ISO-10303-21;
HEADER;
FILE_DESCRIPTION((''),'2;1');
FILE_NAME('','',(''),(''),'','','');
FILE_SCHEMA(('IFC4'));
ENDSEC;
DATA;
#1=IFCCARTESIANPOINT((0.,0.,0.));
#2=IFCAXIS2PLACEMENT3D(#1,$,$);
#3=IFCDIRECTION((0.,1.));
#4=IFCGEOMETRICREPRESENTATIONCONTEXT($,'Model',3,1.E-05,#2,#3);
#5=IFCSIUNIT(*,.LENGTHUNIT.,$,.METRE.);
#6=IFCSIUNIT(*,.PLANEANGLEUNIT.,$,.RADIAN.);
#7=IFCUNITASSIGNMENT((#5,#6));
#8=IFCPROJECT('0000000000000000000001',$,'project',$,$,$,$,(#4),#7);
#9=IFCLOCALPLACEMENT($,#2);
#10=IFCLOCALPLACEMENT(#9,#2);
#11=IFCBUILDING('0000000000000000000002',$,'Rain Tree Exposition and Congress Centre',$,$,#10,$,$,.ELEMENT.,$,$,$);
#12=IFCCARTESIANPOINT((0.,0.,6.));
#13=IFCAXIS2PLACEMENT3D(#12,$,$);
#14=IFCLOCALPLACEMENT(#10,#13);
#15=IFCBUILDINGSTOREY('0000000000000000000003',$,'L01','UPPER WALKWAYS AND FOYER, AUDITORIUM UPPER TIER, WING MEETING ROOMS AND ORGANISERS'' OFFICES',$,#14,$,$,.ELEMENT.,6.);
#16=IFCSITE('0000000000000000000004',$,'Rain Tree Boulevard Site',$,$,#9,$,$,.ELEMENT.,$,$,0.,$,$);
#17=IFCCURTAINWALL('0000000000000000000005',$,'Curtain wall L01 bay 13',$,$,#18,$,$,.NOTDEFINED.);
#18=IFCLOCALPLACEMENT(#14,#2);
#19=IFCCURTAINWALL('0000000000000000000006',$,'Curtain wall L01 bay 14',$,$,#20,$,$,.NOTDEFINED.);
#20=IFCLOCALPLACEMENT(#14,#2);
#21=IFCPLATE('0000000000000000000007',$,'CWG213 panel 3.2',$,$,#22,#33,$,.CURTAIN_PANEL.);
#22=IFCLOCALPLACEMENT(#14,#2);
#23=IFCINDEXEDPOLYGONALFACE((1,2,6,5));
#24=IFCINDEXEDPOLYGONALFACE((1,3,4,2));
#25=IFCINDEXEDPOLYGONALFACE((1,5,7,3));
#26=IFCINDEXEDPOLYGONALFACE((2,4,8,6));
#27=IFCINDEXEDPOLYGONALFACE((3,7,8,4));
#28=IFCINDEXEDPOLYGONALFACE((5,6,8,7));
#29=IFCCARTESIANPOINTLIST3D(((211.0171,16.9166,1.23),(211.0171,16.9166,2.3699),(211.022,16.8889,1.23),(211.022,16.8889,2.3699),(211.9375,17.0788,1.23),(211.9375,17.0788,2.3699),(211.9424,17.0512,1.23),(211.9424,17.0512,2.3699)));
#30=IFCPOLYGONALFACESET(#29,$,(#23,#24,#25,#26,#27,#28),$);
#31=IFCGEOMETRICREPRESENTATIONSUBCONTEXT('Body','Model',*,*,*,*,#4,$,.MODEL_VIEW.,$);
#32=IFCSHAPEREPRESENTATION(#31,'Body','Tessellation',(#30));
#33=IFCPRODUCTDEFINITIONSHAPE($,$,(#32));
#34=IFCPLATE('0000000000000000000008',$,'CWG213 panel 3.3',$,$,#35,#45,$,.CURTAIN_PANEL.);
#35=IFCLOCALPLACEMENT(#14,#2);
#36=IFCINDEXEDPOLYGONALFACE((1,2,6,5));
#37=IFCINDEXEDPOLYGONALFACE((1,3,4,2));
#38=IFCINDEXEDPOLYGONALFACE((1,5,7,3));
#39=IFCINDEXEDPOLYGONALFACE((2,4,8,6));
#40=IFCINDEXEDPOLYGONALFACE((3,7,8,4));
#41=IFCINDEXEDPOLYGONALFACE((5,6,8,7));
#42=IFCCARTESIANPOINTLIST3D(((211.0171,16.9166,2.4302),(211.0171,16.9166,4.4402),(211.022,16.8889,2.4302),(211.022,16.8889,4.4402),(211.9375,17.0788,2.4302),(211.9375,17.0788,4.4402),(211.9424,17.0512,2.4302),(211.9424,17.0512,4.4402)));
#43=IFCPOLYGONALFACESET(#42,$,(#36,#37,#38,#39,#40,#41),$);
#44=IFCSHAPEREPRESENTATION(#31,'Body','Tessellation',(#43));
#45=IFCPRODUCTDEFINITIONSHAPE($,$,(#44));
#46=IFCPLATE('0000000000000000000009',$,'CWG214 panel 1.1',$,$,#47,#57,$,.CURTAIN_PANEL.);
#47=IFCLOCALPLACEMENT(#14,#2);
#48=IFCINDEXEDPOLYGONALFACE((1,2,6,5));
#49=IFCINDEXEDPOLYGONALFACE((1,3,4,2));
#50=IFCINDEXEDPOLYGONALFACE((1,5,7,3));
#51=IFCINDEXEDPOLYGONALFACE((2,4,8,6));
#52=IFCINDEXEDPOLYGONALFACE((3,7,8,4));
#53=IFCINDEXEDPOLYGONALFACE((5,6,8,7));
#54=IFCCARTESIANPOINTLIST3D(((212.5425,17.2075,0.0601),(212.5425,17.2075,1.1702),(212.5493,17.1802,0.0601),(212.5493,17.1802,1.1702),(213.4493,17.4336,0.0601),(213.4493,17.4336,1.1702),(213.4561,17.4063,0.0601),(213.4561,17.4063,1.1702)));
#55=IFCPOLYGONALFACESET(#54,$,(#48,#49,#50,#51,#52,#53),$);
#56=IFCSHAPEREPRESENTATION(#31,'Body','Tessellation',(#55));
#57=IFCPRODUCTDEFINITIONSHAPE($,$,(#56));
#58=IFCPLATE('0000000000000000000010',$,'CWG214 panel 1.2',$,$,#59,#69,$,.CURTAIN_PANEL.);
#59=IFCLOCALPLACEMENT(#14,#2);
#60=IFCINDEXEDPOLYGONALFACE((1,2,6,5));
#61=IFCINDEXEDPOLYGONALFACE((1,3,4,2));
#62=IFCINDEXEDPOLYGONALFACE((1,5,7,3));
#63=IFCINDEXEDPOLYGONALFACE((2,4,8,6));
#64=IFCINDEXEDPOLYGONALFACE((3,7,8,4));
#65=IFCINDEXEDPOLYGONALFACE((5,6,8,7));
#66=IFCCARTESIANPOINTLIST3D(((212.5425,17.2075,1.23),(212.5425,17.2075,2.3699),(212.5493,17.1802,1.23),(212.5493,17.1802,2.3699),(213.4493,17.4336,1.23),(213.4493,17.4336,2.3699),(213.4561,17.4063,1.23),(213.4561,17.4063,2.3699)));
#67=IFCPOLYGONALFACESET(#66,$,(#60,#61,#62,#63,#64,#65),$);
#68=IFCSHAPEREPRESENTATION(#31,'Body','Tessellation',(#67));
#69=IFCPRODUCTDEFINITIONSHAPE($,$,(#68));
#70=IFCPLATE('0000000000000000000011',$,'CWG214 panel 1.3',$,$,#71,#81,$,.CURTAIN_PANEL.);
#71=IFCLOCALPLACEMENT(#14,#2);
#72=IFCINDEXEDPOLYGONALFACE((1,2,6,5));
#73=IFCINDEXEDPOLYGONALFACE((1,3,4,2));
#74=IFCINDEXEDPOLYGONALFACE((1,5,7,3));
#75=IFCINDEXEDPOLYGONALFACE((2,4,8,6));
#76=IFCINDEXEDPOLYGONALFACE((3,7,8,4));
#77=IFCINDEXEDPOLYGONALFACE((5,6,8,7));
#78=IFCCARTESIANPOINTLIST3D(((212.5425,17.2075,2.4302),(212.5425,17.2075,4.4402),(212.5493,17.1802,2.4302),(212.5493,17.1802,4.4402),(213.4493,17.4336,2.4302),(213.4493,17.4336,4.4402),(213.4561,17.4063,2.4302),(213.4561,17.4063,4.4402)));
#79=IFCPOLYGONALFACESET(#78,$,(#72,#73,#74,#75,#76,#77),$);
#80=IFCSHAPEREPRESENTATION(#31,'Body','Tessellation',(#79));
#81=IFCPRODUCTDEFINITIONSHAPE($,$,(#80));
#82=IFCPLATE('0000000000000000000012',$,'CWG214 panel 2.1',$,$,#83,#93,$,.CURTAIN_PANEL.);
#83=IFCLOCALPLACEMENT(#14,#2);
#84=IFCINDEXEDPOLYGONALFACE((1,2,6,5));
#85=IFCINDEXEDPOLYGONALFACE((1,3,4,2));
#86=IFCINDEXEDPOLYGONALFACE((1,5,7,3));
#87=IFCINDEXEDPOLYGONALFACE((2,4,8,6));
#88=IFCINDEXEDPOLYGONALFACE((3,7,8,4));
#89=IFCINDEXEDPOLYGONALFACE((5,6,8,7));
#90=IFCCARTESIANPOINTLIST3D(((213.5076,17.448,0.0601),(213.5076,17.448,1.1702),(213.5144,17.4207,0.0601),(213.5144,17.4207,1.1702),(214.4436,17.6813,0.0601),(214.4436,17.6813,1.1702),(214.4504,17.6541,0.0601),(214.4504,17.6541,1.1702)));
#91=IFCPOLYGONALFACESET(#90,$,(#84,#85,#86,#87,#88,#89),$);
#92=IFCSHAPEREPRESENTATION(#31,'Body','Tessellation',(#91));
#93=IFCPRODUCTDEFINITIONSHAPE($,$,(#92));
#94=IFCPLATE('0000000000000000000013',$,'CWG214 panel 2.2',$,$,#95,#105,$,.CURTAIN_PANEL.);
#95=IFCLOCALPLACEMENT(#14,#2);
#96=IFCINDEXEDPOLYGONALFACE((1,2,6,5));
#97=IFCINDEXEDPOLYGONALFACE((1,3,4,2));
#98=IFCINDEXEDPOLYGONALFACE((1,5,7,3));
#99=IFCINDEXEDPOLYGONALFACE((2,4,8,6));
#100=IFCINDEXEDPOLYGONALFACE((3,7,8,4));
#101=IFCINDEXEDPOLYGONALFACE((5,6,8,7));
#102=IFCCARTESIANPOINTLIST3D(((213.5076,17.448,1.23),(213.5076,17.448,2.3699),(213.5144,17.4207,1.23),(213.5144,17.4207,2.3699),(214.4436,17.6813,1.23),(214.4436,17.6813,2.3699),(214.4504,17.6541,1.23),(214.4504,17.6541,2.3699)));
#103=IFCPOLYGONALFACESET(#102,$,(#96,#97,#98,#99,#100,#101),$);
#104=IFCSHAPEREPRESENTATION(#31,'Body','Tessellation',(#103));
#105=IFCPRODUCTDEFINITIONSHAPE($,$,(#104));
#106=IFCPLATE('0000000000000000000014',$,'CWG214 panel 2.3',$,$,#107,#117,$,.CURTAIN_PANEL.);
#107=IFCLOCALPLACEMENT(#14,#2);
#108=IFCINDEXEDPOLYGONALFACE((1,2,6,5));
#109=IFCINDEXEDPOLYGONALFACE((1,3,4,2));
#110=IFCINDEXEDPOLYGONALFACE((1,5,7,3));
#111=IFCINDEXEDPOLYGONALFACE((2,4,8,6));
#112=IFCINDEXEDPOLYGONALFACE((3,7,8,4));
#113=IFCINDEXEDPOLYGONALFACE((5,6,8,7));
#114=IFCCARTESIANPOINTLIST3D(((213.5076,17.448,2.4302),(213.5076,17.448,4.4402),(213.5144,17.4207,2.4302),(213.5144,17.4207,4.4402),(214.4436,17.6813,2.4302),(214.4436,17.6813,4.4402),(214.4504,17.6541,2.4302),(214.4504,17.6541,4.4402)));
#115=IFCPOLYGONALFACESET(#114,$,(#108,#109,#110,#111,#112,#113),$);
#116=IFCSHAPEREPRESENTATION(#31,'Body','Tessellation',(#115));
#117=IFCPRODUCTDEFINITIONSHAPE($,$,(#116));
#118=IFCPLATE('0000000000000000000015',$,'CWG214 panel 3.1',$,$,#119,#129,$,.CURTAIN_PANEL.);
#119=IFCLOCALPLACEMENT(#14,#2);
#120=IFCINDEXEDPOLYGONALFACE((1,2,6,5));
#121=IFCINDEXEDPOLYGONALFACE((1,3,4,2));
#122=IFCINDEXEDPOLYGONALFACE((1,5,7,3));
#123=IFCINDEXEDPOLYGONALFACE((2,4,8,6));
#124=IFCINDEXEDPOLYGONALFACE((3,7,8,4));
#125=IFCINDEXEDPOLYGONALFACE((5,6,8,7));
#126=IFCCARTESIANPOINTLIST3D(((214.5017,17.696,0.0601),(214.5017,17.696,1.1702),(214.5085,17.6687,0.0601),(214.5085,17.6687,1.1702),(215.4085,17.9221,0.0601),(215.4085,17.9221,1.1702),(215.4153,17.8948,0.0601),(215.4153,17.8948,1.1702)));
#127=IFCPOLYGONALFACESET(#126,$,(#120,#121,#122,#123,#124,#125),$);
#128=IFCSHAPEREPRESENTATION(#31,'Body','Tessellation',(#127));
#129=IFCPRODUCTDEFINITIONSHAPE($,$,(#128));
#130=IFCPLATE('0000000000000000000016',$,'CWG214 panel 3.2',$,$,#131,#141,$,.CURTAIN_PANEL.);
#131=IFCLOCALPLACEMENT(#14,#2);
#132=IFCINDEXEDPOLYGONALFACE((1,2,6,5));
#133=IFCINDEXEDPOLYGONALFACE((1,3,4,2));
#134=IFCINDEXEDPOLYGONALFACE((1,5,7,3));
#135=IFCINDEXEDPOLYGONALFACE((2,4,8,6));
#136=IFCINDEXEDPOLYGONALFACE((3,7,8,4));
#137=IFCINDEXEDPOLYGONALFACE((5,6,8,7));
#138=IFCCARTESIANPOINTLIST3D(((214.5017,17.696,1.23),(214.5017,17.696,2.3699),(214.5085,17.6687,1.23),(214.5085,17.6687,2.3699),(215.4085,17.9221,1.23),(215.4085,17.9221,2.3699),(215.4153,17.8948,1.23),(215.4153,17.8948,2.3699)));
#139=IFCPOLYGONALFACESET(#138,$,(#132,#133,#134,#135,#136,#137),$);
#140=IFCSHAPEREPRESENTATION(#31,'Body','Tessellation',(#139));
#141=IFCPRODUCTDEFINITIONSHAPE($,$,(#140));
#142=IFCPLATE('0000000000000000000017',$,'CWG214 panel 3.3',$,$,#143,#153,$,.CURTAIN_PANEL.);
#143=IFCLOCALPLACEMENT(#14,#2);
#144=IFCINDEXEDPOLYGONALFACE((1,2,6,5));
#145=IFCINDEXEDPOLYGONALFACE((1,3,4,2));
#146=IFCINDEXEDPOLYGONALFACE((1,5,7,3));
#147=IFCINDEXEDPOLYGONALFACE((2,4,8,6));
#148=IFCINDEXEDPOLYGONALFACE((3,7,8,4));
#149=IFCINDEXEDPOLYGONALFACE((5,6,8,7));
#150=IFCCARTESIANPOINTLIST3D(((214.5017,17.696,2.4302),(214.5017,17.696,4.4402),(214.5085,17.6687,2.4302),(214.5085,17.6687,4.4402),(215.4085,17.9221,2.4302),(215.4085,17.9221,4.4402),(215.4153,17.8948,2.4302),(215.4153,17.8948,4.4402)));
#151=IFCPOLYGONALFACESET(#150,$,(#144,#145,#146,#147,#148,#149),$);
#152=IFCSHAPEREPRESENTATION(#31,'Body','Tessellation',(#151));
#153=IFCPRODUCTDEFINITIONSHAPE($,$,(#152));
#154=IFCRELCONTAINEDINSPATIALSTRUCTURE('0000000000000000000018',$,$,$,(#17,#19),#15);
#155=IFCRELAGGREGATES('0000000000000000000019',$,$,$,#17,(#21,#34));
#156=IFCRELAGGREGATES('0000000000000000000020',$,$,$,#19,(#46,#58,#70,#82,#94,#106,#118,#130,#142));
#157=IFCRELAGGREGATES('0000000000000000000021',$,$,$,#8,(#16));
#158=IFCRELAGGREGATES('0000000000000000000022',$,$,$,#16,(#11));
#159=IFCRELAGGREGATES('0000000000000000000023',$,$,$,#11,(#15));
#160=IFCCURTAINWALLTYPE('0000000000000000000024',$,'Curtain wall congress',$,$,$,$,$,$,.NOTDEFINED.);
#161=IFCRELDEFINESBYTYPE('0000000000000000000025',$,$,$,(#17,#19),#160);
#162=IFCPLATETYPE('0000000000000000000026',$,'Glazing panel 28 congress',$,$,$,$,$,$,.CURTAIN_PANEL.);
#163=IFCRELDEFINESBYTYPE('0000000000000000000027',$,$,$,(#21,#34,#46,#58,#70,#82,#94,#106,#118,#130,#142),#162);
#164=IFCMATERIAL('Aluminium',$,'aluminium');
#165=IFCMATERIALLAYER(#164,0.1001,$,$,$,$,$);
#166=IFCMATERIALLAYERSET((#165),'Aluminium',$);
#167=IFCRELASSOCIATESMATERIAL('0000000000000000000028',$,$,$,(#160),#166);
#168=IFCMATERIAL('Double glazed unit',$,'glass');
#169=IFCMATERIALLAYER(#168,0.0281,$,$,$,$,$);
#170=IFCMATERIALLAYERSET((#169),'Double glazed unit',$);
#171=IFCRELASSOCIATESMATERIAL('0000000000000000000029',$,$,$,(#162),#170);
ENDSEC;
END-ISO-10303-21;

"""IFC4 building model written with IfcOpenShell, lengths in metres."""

from ifc_helpers import new_model, si_unit, direction, frame, origin, origin_2d, place, context, subcontext, project, spatial, rectangle, extrude, material, layer, layer_set, type_object, element, aggregate, save


model = new_model("IFC4")

# Units and contexts
model_context = context("Model", 3, precision=1e-05, world=origin(), true_north=direction((0.0, 1.0)))
body_context = subcontext(model_context, "Body", "Model", "MODEL_VIEW")
ifc_project = project(units=[si_unit("LENGTHUNIT", "METRE"), si_unit("PLANEANGLEUNIT", "RADIAN")], contexts=[model_context])

# Site, building, storey
site_placement = place(None, origin())
site = spatial("IfcSite", under=ifc_project, at=site_placement, Name="Rain Tree Boulevard Site", CompositionType="ELEMENT", RefElevation=0.0)
building_placement = place(site_placement, origin())
building = spatial("IfcBuilding", under=site, at=building_placement, Name="Rain Tree Exposition and Congress Centre", CompositionType="ELEMENT")
storey_placement = place(building_placement, frame((0.0, 0.0, 6.0)))
storey = spatial("IfcBuildingStorey", under=building, at=storey_placement, Name="L01", Description="UPPER WALKWAYS AND FOYER, AUDITORIUM UPPER TIER, WING MEETING ROOMS AND ORGANISERS' OFFICES", CompositionType="ELEMENT", Elevation=6.0)

# Curtain wall
ifc_material_1 = material(Name="Aluminium", Category="aluminium")
ifc_layer_1 = layer(ifc_material_1, 0.1001)
ifc_layer_set_1 = layer_set([ifc_layer_1], Name="Aluminium")
curtain_wall_type = type_object("IfcCurtainWallType", Name="Curtain wall congress", PredefinedType="NOTDEFINED", material=ifc_layer_set_1)
curtain_wall_1_placement = place(storey_placement, origin())
curtain_wall_1 = element("IfcCurtainWall", 1, at=curtain_wall_1_placement, inside=storey, type_object=curtain_wall_type, Name="Curtain wall L01 bay 13", PredefinedType="NOTDEFINED")

# Curtain wall
curtain_wall_2_placement = place(storey_placement, origin())
curtain_wall_2 = element("IfcCurtainWall", 2, at=curtain_wall_2_placement, inside=storey, type_object=curtain_wall_type, Name="Curtain wall L01 bay 14", PredefinedType="NOTDEFINED")

# Plates
ifc_material_2 = material(Name="Double glazed unit", Category="glass")
ifc_layer_2 = layer(ifc_material_2, 0.0281)
ifc_layer_set_2 = layer_set([ifc_layer_2], Name="Double glazed unit")
plate_type = type_object("IfcPlateType", Name="Glazing panel 28 congress", PredefinedType="CURTAIN_PANEL", material=ifc_layer_set_2)
plate_1_placement = place(storey_placement, frame((211.4797, 16.9839, 1.23), z_axis=(0.0, 0.0, 1.0), x_axis=(0.98481, 0.173635, 0.0)))
plate_1 = element("IfcPlate", 3, at=plate_1_placement, type_object=plate_type, Name="CWG213 panel 3.2", PredefinedType="CURTAIN_PANEL", context=body_context, shape_type="SweptSolid", body=[
    extrude(rectangle(XDim=0.9346, YDim=0.0281, at=origin_2d()), origin(), (0.0, 0.0, 1.0), 1.1399),
])
plate_2_placement = place(storey_placement, frame((211.4797, 16.9839, 2.4302), z_axis=(0.0, 0.0, 1.0), x_axis=(0.98481, 0.173635, 0.0)))
plate_2 = element("IfcPlate", 4, at=plate_2_placement, type_object=plate_type, Name="CWG213 panel 3.3", PredefinedType="CURTAIN_PANEL", context=body_context, shape_type="SweptSolid", body=[
    extrude(rectangle(XDim=0.9346, YDim=0.0281, at=origin_2d()), origin(), (0.0, 0.0, 1.0), 2.01),
])
aggregate(curtain_wall_1, [plate_1, plate_2])
plate_3_placement = place(storey_placement, frame((212.9993, 17.3069, 0.0601), z_axis=(0.0, 0.0, 1.0), x_axis=(0.970295, 0.241923, 0.0)))
plate_3 = element("IfcPlate", 5, at=plate_3_placement, type_object=plate_type, Name="CWG214 panel 1.1", PredefinedType="CURTAIN_PANEL", context=body_context, shape_type="SweptSolid", body=[
    extrude(rectangle(XDim=0.9346, YDim=0.0281, at=origin_2d()), origin(), (0.0, 0.0, 1.0), 1.1101),
])
plate_4_placement = place(storey_placement, frame((212.9993, 17.3069, 1.23), z_axis=(0.0, 0.0, 1.0), x_axis=(0.970295, 0.241923, 0.0)))
plate_4 = element("IfcPlate", 6, at=plate_4_placement, type_object=plate_type, Name="CWG214 panel 1.2", PredefinedType="CURTAIN_PANEL", context=body_context, shape_type="SweptSolid", body=[
    extrude(rectangle(XDim=0.9346, YDim=0.0281, at=origin_2d()), origin(), (0.0, 0.0, 1.0), 1.1399),
])
plate_5_placement = place(storey_placement, frame((212.9993, 17.3069, 2.4302), z_axis=(0.0, 0.0, 1.0), x_axis=(0.970295, 0.241923, 0.0)))
plate_5 = element("IfcPlate", 7, at=plate_5_placement, type_object=plate_type, Name="CWG214 panel 1.3", PredefinedType="CURTAIN_PANEL", context=body_context, shape_type="SweptSolid", body=[
    extrude(rectangle(XDim=0.9346, YDim=0.0281, at=origin_2d()), origin(), (0.0, 0.0, 1.0), 2.01),
])
plate_6_placement = place(storey_placement, frame((213.979, 17.551, 0.0601), z_axis=(0.0, 0.0, 1.0), x_axis=(0.970295, 0.241923, 0.0)))
plate_6 = element("IfcPlate", 8, at=plate_6_placement, type_object=plate_type, Name="CWG214 panel 2.1", PredefinedType="CURTAIN_PANEL", context=body_context, shape_type="SweptSolid", body=[
    extrude(rectangle(XDim=0.9646, YDim=0.0281, at=origin_2d()), origin(), (0.0, 0.0, 1.0), 1.1101),
])
plate_7_placement = place(storey_placement, frame((213.979, 17.551, 1.23), z_axis=(0.0, 0.0, 1.0), x_axis=(0.970295, 0.241923, 0.0)))
plate_7 = element("IfcPlate", 9, at=plate_7_placement, type_object=plate_type, Name="CWG214 panel 2.2", PredefinedType="CURTAIN_PANEL", context=body_context, shape_type="SweptSolid", body=[
    extrude(rectangle(XDim=0.9646, YDim=0.0281, at=origin_2d()), origin(), (0.0, 0.0, 1.0), 1.1399),
])
plate_8_placement = place(storey_placement, frame((213.979, 17.551, 2.4302), z_axis=(0.0, 0.0, 1.0), x_axis=(0.970295, 0.241923, 0.0)))
plate_8 = element("IfcPlate", 10, at=plate_8_placement, type_object=plate_type, Name="CWG214 panel 2.3", PredefinedType="CURTAIN_PANEL", context=body_context, shape_type="SweptSolid", body=[
    extrude(rectangle(XDim=0.9646, YDim=0.0281, at=origin_2d()), origin(), (0.0, 0.0, 1.0), 2.01),
])
plate_9_placement = place(storey_placement, frame((214.9585, 17.7954, 0.0601), z_axis=(0.0, 0.0, 1.0), x_axis=(0.970295, 0.241923, 0.0)))
plate_9 = element("IfcPlate", 11, at=plate_9_placement, type_object=plate_type, Name="CWG214 panel 3.1", PredefinedType="CURTAIN_PANEL", context=body_context, shape_type="SweptSolid", body=[
    extrude(rectangle(XDim=0.9346, YDim=0.0281, at=origin_2d()), origin(), (0.0, 0.0, 1.0), 1.1101),
])
plate_10_placement = place(storey_placement, frame((214.9585, 17.7954, 1.23), z_axis=(0.0, 0.0, 1.0), x_axis=(0.970295, 0.241923, 0.0)))
plate_10 = element("IfcPlate", 12, at=plate_10_placement, type_object=plate_type, Name="CWG214 panel 3.2", PredefinedType="CURTAIN_PANEL", context=body_context, shape_type="SweptSolid", body=[
    extrude(rectangle(XDim=0.9346, YDim=0.0281, at=origin_2d()), origin(), (0.0, 0.0, 1.0), 1.1399),
])
plate_11_placement = place(storey_placement, frame((214.9585, 17.7954, 2.4302), z_axis=(0.0, 0.0, 1.0), x_axis=(0.970295, 0.241923, 0.0)))
plate_11 = element("IfcPlate", 13, at=plate_11_placement, type_object=plate_type, Name="CWG214 panel 3.3", PredefinedType="CURTAIN_PANEL", context=body_context, shape_type="SweptSolid", body=[
    extrude(rectangle(XDim=0.9346, YDim=0.0281, at=origin_2d()), origin(), (0.0, 0.0, 1.0), 2.01),
])
aggregate(curtain_wall_2, [plate_3, plate_4, plate_5, plate_6, plate_7, plate_8, plate_9, plate_10, plate_11])

save(model, "model.ifc")
